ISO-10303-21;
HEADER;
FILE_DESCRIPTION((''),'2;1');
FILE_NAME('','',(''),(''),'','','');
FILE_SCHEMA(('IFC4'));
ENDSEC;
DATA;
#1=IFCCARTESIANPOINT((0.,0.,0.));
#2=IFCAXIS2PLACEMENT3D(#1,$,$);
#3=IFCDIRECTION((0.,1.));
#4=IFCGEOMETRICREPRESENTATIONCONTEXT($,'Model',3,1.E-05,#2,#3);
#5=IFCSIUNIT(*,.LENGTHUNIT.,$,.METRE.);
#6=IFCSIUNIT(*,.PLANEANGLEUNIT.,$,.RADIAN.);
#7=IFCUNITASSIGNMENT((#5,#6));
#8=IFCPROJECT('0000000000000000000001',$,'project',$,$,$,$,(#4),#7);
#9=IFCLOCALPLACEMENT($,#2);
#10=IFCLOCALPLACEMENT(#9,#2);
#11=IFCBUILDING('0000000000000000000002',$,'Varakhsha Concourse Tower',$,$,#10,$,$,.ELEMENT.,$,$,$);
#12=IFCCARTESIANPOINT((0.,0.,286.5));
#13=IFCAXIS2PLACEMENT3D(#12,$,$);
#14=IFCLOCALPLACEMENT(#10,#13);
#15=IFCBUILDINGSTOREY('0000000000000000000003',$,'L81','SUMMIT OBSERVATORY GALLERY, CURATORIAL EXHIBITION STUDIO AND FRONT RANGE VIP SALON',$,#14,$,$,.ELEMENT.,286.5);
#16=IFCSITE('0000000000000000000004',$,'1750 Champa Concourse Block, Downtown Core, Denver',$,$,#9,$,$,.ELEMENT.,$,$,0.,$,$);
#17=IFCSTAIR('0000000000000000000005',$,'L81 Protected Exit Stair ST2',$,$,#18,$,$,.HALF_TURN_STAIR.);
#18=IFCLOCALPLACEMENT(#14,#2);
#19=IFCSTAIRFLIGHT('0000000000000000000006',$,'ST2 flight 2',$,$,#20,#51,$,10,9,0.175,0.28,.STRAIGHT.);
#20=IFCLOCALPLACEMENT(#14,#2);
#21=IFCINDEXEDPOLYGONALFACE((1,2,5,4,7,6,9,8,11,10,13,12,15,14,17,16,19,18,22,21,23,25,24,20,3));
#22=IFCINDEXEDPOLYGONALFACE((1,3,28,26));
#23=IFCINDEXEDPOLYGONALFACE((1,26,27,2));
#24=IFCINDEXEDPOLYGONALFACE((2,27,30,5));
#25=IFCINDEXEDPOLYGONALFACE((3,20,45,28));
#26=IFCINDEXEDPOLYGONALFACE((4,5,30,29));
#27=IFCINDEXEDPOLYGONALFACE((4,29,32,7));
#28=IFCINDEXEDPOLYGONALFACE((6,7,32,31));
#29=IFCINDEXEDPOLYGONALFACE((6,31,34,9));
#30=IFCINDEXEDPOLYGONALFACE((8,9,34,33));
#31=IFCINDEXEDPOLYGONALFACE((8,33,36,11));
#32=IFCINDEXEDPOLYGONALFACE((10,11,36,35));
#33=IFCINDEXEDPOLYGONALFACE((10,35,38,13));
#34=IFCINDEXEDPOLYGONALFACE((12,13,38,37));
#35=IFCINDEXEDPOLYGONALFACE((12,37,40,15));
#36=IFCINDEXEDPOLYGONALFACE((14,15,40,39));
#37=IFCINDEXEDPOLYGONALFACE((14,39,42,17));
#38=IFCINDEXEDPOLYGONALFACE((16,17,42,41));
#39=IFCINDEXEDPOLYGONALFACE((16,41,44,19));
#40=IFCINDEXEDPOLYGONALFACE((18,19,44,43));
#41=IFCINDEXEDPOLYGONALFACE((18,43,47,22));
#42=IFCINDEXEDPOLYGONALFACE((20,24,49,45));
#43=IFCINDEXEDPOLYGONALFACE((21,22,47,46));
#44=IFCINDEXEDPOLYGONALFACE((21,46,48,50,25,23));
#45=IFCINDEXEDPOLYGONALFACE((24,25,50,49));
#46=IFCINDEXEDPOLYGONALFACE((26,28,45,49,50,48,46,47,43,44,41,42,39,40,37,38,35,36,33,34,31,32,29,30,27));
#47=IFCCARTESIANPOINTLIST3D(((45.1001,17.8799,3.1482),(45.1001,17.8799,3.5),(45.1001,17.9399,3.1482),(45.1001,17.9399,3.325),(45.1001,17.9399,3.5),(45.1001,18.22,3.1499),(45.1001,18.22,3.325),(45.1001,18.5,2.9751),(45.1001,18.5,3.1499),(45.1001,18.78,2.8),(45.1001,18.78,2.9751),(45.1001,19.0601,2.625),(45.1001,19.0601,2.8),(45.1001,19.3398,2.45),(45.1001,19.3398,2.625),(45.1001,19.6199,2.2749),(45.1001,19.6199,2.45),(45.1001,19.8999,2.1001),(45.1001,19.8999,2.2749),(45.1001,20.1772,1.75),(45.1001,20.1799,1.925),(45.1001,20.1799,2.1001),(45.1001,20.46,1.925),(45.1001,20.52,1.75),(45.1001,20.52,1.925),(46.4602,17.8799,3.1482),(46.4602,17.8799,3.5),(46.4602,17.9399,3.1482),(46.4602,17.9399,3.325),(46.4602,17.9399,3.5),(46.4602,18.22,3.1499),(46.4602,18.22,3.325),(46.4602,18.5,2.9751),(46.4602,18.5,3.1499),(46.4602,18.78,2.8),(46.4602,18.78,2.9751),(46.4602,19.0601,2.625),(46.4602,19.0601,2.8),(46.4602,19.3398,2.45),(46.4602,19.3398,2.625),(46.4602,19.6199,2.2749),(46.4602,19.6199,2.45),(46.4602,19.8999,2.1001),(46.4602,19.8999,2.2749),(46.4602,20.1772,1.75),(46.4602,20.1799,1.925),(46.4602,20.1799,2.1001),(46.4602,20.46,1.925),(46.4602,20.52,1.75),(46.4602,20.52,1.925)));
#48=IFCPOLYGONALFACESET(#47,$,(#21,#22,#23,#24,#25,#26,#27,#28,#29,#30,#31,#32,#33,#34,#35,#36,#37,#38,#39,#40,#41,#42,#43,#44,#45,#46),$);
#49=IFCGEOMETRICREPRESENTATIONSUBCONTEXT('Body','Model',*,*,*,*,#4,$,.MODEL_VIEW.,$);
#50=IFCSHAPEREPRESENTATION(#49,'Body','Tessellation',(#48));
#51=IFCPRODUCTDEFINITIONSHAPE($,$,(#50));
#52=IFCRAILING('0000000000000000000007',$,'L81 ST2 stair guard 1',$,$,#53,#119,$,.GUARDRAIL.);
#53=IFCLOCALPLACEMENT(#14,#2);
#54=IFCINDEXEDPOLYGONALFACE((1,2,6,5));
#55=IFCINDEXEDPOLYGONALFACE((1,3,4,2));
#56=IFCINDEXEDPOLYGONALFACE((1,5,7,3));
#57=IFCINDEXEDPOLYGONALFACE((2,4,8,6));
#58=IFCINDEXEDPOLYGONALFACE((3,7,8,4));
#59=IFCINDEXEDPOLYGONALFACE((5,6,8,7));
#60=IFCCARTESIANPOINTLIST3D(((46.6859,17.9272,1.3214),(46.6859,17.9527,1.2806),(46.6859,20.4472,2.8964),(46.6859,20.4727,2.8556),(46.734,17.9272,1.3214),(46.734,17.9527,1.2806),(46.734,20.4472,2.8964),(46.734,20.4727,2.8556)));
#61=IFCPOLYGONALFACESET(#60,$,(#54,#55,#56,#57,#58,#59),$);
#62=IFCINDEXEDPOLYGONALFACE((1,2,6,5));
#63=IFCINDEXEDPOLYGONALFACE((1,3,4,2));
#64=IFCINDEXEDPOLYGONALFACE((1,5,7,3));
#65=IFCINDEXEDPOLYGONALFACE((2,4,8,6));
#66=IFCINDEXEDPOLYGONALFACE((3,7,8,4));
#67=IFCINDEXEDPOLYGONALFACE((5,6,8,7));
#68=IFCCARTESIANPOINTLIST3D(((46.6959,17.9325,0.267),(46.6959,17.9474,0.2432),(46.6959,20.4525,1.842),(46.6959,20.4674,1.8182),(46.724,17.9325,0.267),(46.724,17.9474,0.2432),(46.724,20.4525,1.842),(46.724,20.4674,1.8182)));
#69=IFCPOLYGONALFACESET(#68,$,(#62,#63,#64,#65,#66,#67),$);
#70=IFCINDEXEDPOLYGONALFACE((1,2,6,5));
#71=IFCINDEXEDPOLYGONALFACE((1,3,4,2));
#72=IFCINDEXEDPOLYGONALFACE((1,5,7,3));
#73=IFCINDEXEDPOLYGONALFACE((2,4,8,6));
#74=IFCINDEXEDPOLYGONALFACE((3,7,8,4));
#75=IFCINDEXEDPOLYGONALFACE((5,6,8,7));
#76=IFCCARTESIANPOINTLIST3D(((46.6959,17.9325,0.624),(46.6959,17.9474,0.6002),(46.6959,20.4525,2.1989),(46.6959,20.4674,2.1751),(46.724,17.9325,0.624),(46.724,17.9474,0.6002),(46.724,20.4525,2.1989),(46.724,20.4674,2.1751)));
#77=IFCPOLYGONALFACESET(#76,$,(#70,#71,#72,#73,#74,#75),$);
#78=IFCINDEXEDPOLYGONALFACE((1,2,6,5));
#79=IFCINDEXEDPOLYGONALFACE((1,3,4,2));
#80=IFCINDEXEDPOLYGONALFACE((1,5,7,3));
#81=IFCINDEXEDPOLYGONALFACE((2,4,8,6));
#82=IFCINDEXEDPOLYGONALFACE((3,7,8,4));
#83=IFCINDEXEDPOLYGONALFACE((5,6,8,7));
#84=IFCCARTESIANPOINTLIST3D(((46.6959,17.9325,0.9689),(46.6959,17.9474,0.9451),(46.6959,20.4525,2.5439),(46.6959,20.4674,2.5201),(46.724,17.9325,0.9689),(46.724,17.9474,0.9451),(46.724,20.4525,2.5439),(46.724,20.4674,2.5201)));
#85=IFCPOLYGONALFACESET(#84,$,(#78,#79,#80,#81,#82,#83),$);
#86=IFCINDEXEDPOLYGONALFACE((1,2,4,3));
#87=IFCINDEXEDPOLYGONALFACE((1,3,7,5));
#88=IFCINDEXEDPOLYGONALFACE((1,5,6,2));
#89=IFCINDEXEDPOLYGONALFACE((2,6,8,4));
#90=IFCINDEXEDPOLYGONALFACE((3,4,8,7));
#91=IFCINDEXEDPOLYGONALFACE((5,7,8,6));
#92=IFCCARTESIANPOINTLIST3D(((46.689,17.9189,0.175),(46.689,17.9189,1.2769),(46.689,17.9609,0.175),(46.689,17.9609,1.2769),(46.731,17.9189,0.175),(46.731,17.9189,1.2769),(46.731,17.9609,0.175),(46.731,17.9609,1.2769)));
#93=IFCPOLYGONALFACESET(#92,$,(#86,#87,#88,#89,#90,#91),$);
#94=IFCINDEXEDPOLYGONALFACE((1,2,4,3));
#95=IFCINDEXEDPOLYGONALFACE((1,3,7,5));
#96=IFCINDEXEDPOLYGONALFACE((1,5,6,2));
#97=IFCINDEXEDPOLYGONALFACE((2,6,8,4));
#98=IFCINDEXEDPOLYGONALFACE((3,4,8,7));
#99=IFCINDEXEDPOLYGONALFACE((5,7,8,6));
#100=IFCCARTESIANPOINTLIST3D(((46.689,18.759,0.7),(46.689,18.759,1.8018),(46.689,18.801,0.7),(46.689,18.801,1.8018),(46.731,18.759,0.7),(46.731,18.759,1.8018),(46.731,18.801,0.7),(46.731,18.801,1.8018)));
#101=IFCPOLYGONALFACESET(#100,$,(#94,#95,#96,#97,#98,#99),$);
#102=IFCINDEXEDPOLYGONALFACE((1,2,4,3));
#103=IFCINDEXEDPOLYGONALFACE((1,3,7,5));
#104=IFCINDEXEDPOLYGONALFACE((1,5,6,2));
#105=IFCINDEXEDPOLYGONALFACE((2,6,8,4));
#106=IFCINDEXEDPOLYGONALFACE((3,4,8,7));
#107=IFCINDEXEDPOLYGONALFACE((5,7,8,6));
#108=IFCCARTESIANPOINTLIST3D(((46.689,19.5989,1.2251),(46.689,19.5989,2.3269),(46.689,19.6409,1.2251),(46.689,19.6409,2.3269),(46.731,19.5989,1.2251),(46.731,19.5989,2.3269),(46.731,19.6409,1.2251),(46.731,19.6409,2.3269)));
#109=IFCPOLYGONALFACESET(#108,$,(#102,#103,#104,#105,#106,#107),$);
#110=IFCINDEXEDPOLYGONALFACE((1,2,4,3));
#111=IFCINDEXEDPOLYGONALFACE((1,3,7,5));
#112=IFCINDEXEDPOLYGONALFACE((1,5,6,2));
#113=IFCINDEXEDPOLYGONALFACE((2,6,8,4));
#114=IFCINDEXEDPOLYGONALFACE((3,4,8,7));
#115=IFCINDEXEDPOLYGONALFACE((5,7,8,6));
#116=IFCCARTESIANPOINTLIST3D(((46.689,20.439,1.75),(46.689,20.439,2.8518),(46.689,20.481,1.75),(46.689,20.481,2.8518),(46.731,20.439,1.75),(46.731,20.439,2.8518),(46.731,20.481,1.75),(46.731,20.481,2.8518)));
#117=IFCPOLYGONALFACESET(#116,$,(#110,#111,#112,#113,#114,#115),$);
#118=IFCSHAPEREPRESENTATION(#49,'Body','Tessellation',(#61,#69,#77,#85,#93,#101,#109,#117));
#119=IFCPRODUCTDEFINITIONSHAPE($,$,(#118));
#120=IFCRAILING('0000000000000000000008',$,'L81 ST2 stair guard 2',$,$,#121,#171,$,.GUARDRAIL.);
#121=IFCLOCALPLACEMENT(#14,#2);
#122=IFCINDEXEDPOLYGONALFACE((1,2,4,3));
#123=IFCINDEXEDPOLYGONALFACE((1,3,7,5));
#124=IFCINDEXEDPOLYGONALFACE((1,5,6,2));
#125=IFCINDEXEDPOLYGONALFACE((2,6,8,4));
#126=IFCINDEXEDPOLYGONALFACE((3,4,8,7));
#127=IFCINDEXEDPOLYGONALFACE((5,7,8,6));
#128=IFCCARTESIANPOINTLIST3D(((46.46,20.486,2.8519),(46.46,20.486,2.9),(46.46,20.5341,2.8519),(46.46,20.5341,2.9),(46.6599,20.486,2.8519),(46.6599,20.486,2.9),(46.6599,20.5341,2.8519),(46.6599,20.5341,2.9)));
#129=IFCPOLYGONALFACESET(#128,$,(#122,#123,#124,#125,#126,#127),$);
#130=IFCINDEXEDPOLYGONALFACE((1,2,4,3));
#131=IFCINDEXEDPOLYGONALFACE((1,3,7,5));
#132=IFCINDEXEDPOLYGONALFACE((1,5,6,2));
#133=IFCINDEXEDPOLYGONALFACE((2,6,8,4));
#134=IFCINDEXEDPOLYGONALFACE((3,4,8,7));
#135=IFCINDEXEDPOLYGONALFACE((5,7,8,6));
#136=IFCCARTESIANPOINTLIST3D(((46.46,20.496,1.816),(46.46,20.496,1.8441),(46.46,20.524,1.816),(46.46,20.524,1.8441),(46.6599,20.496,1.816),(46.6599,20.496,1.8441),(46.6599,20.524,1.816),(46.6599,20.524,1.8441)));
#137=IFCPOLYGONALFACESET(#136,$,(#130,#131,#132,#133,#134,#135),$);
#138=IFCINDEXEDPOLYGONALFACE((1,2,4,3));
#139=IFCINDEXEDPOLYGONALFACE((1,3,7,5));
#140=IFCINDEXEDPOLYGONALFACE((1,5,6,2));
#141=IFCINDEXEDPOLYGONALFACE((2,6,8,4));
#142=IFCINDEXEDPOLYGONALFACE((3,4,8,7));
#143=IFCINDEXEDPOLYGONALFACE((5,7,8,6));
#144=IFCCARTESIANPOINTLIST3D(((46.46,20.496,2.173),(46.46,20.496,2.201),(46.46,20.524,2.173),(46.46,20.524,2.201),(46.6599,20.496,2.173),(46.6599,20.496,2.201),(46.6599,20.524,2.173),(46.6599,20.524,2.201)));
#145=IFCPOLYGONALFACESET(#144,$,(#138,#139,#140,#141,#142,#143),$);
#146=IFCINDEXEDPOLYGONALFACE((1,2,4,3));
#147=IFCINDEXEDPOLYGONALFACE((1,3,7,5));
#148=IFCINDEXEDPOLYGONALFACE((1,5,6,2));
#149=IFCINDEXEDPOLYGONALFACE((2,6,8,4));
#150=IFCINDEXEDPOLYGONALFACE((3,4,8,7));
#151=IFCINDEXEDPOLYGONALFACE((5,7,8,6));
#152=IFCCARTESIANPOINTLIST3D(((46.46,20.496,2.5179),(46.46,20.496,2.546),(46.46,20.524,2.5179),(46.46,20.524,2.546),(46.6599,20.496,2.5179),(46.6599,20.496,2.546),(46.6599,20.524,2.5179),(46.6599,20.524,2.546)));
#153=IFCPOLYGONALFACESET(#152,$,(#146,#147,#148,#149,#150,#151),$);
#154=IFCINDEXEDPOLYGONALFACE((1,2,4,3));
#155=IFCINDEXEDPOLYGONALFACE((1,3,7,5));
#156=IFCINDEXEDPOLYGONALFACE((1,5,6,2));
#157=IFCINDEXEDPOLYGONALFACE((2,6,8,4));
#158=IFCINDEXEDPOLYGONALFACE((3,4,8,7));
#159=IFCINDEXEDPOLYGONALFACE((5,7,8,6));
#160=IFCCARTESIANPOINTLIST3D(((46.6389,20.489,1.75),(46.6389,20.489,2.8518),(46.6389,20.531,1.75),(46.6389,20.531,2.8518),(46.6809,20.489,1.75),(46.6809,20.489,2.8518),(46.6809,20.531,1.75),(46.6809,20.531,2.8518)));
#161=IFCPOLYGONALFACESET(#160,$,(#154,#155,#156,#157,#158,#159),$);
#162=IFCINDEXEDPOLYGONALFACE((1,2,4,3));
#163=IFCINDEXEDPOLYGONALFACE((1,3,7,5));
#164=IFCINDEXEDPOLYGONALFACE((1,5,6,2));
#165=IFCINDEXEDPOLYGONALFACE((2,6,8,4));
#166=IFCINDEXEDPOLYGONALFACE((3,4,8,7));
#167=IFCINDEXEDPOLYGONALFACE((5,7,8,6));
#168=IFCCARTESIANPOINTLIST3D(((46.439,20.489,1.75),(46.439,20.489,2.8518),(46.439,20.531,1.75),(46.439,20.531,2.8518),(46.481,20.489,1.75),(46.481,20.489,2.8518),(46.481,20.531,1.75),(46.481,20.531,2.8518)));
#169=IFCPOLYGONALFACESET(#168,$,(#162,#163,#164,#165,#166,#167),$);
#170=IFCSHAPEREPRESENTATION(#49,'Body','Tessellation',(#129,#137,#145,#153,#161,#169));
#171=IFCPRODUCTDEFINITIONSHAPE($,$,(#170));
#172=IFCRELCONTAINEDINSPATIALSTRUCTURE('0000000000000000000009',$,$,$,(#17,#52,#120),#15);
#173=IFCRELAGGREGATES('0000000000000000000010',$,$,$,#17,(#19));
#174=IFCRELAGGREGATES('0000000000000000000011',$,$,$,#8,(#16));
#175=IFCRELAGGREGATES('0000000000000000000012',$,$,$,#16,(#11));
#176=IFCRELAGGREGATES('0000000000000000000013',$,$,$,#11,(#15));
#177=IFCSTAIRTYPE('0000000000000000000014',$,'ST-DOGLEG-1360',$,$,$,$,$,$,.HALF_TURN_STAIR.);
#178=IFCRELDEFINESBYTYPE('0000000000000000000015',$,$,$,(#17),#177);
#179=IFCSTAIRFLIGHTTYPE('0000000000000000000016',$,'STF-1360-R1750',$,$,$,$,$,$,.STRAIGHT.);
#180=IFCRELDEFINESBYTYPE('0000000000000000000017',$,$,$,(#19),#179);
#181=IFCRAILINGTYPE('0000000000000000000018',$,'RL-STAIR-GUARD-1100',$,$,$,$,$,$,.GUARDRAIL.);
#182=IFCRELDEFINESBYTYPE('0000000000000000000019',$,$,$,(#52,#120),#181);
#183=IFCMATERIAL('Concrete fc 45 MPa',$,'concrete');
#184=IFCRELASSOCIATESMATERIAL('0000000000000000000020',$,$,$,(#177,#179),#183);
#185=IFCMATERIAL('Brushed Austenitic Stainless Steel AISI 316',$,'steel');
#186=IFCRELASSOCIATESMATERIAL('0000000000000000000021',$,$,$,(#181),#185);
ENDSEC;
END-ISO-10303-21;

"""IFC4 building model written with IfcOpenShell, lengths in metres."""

from ifc_helpers import new_model, si_unit, direction, frame, origin, origin_2d, place, context, subcontext, project, spatial, polyline, rectangle, outline, extrude, material, type_object, element, aggregate, save


model = new_model("IFC4")

# Units and contexts
model_context = context("Model", 3, precision=1e-05, world=origin(), true_north=direction((0.0, 1.0)))
body_context = subcontext(model_context, "Body", "Model", "MODEL_VIEW")
ifc_project = project(units=[si_unit("LENGTHUNIT", "METRE"), si_unit("PLANEANGLEUNIT", "RADIAN")], contexts=[model_context])

# Site, building, storey
site_placement = place(None, origin())
site = spatial("IfcSite", under=ifc_project, at=site_placement, Name="1750 Champa Concourse Block, Downtown Core, Denver", CompositionType="ELEMENT", RefElevation=0.0)
building_placement = place(site_placement, origin())
building = spatial("IfcBuilding", under=site, at=building_placement, Name="Varakhsha Concourse Tower", CompositionType="ELEMENT")
storey_placement = place(building_placement, frame((0.0, 0.0, 286.5)))
storey = spatial("IfcBuildingStorey", under=building, at=storey_placement, Name="L81", Description="SUMMIT OBSERVATORY GALLERY, CURATORIAL EXHIBITION STUDIO AND FRONT RANGE VIP SALON", CompositionType="ELEMENT", Elevation=286.5)

# Shared definitions
ifc_material_1 = material(Name="Concrete fc 45 MPa", Category="concrete")

# Stair, stair flight
stair_type = type_object("IfcStairType", Name="ST-DOGLEG-1360", PredefinedType="HALF_TURN_STAIR", material=ifc_material_1)
stair_placement = place(storey_placement, origin())
stair = element("IfcStair", 1, at=stair_placement, inside=storey, type_object=stair_type, Name="L81 Protected Exit Stair ST2", PredefinedType="HALF_TURN_STAIR")
stair_flight_type = type_object("IfcStairFlightType", Name="STF-1360-R1750", PredefinedType="STRAIGHT", material=ifc_material_1)
stair_flight_1_placement = place(storey_placement, frame((45.78, 20.46, 1.75), z_axis=(0.0, 0.0, 1.0), x_axis=(0.0, -1.0, 0.0)))
stair_flight_1 = element("IfcStairFlight", 2, at=stair_flight_1_placement, type_object=stair_flight_type, Name="ST2 flight 2", NumberOfRisers=10, NumberOfTreads=9, PredefinedType="STRAIGHT", RiserHeight=0.175, TreadLength=0.28, context=body_context, shape_type="SweptSolid", body=[
    extrude(outline(polyline([(-0.0601, 0.0), (-0.0601, 0.175), (0.0, 0.175), (0.28, 0.175), (0.28, 0.3501), (0.5601, 0.3501), (0.5601, 0.5249), (0.8401, 0.5249), (0.8401, 0.7), (1.1201, 0.7), (1.1201, 0.875), (1.3999, 0.875), (1.3999, 1.05), (1.6799, 1.05), (1.6799, 1.2251), (1.96, 1.2251), (1.96, 1.3999), (2.24, 1.3999), (2.24, 1.575), (2.52, 1.575), (2.52, 1.75), (2.5801, 1.75), (2.5801, 1.3982), (2.52, 1.3982), (0.2827, 0.0), (-0.0601, 0.0)])), frame((0.0, 0.6802, 0.0), z_axis=(0.0, -1.0, 0.0), x_axis=(1.0, 0.0, 0.0)), (0.0, 0.0, 1.0), 1.3601),
])
aggregate(stair, [stair_flight_1])

# Railings
ifc_material_2 = material(Name="Brushed Austenitic Stainless Steel AISI 316", Category="steel")
railing_type_1 = type_object("IfcRailingType", Name="RL-STAIR-GUARD-1100", PredefinedType="GUARDRAIL", material=ifc_material_2)
railing_1_placement = place(storey_placement, frame((46.71, 17.9399, 0.175)))
element("IfcRailing", 3, at=railing_1_placement, inside=storey, type_object=railing_type_1, Name="L81 ST2 stair guard 1", PredefinedType="GUARDRAIL", context=body_context, shape_type="SweptSolid", body=[
    extrude(rectangle(XDim=0.0481, YDim=0.0481, at=origin_2d()), frame((0.0, 0.0, 1.126), z_axis=(0.0, 0.848008, 0.529984), x_axis=(-1.0, 0.0, 0.0)), (0.0, 0.0, 1.0), 2.9717),
    extrude(rectangle(XDim=0.0281, YDim=0.0281, at=origin_2d()), frame((0.0, 0.0, 0.0801), z_axis=(0.0, 0.848008, 0.529984), x_axis=(-1.0, 0.0, 0.0)), (0.0, 0.0, 1.0), 2.9717),
    extrude(rectangle(XDim=0.0281, YDim=0.0281, at=origin_2d()), frame((0.0, 0.0, 0.437), z_axis=(0.0, 0.848008, 0.529984), x_axis=(-1.0, 0.0, 0.0)), (0.0, 0.0, 1.0), 2.9717),
    extrude(rectangle(XDim=0.0281, YDim=0.0281, at=origin_2d()), frame((0.0, 0.0, 0.782), z_axis=(0.0, 0.848008, 0.529984), x_axis=(-1.0, 0.0, 0.0)), (0.0, 0.0, 1.0), 2.9717),
    extrude(rectangle(XDim=0.042, YDim=0.042, at=origin_2d()), origin(), (0.0, 0.0, 1.0), 1.1018),
    extrude(rectangle(XDim=0.042, YDim=0.042, at=origin_2d()), frame((0.0, 0.8401, 0.5249)), (0.0, 0.0, 1.0), 1.1018),
    extrude(rectangle(XDim=0.042, YDim=0.042, at=origin_2d()), frame((0.0, 1.6799, 1.05)), (0.0, 0.0, 1.0), 1.1018),
    extrude(rectangle(XDim=0.042, YDim=0.042, at=origin_2d()), frame((0.0, 2.52, 1.575)), (0.0, 0.0, 1.0), 1.1018),
])
railing_2_placement = place(storey_placement, frame((46.6599, 20.51, 1.75)))
element("IfcRailing", 4, at=railing_2_placement, inside=storey, type_object=railing_type_1, Name="L81 ST2 stair guard 2", PredefinedType="GUARDRAIL", context=body_context, shape_type="SweptSolid", body=[
    extrude(rectangle(XDim=0.0481, YDim=0.0481, at=origin_2d()), frame((0.0, 0.0, 1.126), z_axis=(-1.0, 0.0, 0.0), x_axis=(0.0, -1.0, 0.0)), (0.0, 0.0, 1.0), 0.2),
    extrude(rectangle(XDim=0.0281, YDim=0.0281, at=origin_2d()), frame((0.0, 0.0, 0.0801), z_axis=(-1.0, 0.0, 0.0), x_axis=(0.0, -1.0, 0.0)), (0.0, 0.0, 1.0), 0.2),
    extrude(rectangle(XDim=0.0281, YDim=0.0281, at=origin_2d()), frame((0.0, 0.0, 0.437), z_axis=(-1.0, 0.0, 0.0), x_axis=(0.0, -1.0, 0.0)), (0.0, 0.0, 1.0), 0.2),
    extrude(rectangle(XDim=0.0281, YDim=0.0281, at=origin_2d()), frame((0.0, 0.0, 0.782), z_axis=(-1.0, 0.0, 0.0), x_axis=(0.0, -1.0, 0.0)), (0.0, 0.0, 1.0), 0.2),
    extrude(rectangle(XDim=0.042, YDim=0.042, at=origin_2d()), origin(), (0.0, 0.0, 1.0), 1.1018),
    extrude(rectangle(XDim=0.042, YDim=0.042, at=origin_2d()), frame((-0.2, 0.0, 0.0)), (0.0, 0.0, 1.0), 1.1018),
])

save(model, "model.ifc")
